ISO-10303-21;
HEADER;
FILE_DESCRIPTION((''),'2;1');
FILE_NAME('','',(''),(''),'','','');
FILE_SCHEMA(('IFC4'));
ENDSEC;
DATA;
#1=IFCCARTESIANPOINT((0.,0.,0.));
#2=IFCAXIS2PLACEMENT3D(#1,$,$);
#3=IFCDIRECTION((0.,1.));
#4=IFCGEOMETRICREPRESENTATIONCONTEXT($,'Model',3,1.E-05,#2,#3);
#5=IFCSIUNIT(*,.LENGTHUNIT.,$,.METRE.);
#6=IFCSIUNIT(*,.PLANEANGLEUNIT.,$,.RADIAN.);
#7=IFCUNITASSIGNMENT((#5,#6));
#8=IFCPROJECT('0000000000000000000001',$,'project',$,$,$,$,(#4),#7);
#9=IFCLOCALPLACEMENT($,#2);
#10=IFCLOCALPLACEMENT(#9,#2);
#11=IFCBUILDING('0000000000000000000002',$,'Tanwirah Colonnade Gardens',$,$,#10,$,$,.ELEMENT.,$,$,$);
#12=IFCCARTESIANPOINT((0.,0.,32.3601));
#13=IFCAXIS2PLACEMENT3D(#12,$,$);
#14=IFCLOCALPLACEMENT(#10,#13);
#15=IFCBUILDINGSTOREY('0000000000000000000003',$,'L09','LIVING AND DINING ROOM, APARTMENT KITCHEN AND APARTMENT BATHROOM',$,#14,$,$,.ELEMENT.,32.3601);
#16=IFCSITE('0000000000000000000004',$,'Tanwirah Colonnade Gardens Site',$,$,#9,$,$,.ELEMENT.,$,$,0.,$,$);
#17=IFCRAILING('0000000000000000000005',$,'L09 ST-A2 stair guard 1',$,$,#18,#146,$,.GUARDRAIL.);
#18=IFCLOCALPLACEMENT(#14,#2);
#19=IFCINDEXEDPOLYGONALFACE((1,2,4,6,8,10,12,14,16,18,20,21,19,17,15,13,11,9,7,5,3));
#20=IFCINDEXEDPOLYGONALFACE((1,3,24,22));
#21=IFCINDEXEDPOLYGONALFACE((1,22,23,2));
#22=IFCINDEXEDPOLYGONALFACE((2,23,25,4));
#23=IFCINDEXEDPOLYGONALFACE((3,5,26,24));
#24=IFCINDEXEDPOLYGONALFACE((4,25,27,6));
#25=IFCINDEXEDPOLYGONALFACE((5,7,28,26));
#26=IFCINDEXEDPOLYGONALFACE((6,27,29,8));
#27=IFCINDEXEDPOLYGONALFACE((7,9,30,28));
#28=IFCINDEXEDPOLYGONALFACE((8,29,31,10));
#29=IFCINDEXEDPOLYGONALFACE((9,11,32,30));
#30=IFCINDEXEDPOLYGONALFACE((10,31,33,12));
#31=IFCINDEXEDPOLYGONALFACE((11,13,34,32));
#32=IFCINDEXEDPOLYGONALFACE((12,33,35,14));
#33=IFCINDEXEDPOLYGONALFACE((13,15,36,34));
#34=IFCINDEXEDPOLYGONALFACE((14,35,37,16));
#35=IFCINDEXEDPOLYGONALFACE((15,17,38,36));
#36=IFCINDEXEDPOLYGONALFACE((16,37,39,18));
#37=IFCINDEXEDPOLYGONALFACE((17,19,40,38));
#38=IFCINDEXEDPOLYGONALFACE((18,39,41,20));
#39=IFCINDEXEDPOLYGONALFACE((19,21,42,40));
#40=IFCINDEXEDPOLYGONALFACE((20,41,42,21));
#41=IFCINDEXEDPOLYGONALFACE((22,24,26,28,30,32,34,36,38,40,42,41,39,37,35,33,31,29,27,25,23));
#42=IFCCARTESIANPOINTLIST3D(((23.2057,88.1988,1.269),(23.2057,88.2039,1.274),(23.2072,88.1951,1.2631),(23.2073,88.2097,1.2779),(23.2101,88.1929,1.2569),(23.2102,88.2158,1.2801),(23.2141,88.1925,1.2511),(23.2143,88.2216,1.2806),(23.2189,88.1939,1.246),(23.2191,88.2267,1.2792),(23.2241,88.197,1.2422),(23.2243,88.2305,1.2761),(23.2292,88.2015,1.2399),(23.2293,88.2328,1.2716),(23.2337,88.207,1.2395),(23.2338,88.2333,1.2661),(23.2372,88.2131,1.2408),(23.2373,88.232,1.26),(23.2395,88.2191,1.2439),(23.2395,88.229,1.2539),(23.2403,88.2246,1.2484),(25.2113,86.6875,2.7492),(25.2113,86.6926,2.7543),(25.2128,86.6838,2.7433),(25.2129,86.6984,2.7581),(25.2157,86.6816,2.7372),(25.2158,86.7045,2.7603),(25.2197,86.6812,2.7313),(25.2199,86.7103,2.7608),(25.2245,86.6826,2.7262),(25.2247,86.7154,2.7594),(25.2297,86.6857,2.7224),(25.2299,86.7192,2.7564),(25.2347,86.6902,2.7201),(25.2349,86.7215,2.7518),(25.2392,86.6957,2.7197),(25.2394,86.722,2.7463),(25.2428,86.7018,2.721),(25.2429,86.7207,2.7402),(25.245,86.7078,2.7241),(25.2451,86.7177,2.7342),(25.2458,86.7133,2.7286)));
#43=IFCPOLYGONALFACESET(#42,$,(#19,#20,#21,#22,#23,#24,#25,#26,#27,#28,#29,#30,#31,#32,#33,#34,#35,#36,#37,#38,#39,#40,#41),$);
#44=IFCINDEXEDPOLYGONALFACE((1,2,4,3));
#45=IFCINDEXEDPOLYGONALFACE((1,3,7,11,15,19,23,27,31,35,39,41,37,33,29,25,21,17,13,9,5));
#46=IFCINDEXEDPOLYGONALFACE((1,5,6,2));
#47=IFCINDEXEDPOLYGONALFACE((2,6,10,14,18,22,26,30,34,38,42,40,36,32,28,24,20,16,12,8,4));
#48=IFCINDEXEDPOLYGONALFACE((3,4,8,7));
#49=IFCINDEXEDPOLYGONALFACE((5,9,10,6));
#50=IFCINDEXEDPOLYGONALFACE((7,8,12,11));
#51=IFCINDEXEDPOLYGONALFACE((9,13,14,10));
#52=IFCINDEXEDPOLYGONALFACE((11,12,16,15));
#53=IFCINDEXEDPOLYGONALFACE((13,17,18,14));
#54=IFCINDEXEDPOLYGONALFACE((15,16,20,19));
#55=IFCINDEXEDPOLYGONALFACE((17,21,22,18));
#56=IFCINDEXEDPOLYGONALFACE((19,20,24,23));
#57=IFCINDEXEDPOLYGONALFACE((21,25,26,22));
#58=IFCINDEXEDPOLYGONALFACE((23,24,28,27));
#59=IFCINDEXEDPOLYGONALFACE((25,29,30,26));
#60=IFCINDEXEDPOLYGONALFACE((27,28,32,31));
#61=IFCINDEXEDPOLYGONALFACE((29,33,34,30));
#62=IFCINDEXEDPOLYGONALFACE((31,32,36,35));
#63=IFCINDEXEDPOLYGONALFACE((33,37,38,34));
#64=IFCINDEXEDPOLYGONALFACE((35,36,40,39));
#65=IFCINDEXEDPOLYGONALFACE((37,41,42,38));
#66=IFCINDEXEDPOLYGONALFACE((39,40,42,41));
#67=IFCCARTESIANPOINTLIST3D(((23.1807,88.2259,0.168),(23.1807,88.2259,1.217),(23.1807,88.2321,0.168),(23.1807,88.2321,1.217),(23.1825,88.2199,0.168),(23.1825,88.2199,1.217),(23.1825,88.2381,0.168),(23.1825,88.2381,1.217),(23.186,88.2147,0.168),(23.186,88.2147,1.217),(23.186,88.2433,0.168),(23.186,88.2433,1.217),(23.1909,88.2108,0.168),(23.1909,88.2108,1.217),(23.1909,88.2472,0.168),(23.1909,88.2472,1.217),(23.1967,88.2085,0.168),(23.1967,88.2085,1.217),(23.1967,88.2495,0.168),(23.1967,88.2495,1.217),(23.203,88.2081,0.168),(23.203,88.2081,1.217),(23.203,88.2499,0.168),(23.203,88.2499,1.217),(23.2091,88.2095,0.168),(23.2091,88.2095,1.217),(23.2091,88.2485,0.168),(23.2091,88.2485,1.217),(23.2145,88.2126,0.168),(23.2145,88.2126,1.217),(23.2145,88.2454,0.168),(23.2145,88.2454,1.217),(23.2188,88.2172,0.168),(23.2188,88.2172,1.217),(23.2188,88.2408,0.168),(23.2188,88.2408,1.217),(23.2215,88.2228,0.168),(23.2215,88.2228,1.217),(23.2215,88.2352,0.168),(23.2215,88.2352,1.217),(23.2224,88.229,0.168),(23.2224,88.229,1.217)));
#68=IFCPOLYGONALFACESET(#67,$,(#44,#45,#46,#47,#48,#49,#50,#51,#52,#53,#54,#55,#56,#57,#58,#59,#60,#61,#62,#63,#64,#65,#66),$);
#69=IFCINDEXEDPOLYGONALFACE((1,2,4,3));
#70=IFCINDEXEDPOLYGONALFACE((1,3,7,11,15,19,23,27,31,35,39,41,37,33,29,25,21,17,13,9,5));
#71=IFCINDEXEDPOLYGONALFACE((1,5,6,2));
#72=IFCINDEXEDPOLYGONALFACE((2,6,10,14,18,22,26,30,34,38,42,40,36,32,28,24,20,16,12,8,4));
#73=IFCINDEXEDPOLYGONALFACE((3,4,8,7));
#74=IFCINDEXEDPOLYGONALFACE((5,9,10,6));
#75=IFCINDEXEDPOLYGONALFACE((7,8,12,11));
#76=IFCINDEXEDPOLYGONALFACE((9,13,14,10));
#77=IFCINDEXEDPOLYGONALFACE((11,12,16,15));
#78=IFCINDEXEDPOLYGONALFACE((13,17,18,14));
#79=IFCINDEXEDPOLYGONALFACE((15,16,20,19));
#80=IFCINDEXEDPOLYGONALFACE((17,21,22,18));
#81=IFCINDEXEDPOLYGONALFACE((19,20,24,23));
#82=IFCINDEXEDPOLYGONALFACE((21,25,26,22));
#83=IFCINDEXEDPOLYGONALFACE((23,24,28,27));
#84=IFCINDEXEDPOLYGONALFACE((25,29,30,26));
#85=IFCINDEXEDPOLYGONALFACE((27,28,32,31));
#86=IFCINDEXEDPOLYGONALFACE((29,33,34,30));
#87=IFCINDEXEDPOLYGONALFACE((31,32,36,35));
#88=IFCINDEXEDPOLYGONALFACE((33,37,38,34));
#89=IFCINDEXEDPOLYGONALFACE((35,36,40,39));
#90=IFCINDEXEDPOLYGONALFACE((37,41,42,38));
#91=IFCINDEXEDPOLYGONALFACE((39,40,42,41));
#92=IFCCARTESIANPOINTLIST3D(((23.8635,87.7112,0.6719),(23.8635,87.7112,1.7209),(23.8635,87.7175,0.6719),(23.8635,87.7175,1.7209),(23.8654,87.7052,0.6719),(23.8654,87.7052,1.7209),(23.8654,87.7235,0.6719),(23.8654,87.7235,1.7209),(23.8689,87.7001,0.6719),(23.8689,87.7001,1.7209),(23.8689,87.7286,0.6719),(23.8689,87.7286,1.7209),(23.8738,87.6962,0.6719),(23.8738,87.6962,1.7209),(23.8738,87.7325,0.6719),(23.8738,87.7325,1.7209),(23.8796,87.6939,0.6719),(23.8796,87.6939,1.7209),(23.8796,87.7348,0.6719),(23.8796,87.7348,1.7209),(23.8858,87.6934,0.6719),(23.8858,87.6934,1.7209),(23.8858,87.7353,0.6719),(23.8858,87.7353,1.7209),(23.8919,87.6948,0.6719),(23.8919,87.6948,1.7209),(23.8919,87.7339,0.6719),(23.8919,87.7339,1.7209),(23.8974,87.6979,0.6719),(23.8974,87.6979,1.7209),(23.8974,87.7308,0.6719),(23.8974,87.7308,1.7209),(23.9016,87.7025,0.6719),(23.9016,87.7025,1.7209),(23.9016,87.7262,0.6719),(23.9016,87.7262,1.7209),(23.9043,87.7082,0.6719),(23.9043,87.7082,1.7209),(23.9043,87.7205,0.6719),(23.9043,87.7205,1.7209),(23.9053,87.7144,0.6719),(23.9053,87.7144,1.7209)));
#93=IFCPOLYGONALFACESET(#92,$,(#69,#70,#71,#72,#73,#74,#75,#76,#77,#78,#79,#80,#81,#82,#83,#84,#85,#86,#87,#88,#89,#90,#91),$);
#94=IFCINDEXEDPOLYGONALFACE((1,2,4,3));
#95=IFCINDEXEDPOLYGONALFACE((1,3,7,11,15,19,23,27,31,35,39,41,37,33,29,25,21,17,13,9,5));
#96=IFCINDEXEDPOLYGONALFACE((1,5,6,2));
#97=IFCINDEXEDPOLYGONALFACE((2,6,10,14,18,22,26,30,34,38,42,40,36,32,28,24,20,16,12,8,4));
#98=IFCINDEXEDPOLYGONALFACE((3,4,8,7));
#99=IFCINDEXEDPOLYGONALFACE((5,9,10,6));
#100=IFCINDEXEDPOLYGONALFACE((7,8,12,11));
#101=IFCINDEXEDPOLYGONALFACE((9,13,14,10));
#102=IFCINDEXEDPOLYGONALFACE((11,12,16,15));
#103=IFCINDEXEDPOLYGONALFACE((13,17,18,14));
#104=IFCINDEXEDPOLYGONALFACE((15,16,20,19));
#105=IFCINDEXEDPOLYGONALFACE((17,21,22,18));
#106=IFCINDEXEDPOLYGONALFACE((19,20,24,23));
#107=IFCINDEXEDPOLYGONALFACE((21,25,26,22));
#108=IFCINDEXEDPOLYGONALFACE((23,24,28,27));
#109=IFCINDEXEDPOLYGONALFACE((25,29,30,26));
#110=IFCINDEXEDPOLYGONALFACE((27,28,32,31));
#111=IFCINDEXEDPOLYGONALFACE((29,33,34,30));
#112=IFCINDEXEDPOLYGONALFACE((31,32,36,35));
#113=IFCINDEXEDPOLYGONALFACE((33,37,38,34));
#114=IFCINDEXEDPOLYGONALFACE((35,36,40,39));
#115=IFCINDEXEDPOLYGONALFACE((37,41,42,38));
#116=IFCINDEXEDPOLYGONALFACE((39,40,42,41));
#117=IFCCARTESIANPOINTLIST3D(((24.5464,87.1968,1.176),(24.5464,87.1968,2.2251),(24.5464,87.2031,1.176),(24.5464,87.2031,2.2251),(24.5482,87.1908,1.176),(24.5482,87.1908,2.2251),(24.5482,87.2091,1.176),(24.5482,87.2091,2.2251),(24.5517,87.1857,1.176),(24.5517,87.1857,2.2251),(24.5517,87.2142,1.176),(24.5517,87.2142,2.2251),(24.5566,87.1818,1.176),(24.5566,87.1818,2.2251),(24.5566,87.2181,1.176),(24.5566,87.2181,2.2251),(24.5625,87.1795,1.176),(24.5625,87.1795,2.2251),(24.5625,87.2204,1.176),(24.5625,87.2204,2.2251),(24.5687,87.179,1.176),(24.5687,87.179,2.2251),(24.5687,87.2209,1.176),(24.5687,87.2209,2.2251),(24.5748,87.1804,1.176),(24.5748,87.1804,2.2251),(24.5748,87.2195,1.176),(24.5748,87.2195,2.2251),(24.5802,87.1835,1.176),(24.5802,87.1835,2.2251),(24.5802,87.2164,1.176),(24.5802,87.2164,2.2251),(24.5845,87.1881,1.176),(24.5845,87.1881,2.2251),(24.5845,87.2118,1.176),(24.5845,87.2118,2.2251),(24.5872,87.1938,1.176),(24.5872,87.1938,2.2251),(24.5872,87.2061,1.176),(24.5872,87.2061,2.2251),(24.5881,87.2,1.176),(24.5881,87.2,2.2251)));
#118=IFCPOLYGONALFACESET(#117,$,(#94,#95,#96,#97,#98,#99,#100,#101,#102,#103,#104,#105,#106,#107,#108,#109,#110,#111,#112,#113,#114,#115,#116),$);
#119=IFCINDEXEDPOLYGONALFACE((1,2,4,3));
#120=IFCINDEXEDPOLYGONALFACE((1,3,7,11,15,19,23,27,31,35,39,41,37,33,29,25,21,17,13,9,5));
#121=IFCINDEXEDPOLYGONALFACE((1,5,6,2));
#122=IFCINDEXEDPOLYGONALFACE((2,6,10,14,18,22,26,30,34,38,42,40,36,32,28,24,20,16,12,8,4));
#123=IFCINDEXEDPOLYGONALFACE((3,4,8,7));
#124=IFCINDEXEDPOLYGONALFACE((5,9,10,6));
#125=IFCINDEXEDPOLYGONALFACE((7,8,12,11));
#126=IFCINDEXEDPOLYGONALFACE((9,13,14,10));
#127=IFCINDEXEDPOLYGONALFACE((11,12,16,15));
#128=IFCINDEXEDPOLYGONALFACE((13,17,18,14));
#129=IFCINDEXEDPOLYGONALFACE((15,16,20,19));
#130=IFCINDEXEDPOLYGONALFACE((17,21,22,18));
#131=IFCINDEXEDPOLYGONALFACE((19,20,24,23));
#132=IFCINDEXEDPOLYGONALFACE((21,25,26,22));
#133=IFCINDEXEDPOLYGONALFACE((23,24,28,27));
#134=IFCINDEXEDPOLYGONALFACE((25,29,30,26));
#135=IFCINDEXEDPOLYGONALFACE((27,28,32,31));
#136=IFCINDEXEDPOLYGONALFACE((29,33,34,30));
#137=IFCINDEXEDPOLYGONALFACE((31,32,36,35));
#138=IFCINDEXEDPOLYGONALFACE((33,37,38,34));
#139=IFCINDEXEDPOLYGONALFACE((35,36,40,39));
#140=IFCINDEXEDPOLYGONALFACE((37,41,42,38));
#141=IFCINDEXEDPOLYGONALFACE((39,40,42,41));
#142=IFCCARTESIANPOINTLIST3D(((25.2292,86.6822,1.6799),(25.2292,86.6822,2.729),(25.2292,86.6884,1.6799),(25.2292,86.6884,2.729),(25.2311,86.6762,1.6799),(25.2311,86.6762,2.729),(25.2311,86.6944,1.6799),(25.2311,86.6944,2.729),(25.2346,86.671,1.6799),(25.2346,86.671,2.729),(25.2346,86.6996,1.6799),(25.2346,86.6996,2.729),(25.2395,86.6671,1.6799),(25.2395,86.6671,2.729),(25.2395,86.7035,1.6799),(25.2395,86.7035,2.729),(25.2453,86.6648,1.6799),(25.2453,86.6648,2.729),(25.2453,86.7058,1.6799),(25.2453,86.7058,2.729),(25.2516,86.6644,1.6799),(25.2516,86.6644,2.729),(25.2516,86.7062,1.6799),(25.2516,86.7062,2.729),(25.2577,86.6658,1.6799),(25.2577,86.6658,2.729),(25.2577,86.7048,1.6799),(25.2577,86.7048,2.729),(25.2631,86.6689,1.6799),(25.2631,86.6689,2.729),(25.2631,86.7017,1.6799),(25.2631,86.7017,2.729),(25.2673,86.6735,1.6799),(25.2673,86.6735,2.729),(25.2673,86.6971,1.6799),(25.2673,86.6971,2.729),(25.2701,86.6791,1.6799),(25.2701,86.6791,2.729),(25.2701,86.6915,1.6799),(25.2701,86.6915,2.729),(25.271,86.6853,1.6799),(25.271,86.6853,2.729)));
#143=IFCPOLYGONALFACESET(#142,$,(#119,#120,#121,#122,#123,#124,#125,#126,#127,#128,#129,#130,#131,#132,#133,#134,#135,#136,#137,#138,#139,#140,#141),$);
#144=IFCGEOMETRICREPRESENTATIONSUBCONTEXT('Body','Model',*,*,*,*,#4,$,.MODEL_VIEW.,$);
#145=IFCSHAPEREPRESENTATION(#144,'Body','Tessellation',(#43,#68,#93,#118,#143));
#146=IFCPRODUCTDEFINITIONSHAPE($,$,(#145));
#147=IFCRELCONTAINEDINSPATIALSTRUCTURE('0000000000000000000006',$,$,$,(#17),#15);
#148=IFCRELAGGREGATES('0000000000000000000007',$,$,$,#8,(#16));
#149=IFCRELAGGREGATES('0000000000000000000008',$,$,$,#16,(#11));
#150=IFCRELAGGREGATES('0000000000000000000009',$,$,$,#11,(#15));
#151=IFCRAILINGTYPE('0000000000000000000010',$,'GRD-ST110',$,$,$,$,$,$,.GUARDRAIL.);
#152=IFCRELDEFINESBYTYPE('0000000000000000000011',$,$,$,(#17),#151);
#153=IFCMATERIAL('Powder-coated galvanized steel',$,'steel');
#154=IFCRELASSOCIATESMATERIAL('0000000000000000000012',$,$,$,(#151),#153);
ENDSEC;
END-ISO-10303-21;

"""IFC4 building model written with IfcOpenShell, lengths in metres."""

from ifc_helpers import new_model, si_unit, direction, frame, origin, origin_2d, place, context, subcontext, project, spatial, circle, extrude, material, type_object, element, save


model = new_model("IFC4")

# Units and contexts
model_context = context("Model", 3, precision=1e-05, world=origin(), true_north=direction((0.0, 1.0)))
body_context = subcontext(model_context, "Body", "Model", "MODEL_VIEW")
ifc_project = project(units=[si_unit("LENGTHUNIT", "METRE"), si_unit("PLANEANGLEUNIT", "RADIAN")], contexts=[model_context])

# Site, building, storey
site_placement = place(None, origin())
site = spatial("IfcSite", under=ifc_project, at=site_placement, Name="Tanwirah Colonnade Gardens Site", CompositionType="ELEMENT", RefElevation=0.0)
building_placement = place(site_placement, origin())
building = spatial("IfcBuilding", under=site, at=building_placement, Name="Tanwirah Colonnade Gardens", CompositionType="ELEMENT")
storey_placement = place(building_placement, frame((0.0, 0.0, 32.3601)))
storey = spatial("IfcBuildingStorey", under=building, at=storey_placement, Name="L09", Description="LIVING AND DINING ROOM, APARTMENT KITCHEN AND APARTMENT BATHROOM", CompositionType="ELEMENT", Elevation=32.3601)

# Railing
ifc_material_1 = material(Name="Powder-coated galvanized steel", Category="steel")
railing_type_1 = type_object("IfcRailingType", Name="GRD-ST110", PredefinedType="GUARDRAIL", material=ifc_material_1)
railing_1_placement = place(storey_placement, frame((23.2014, 88.229, 0.168)))
element("IfcRailing", 1, at=railing_1_placement, inside=storey, type_object=railing_type_1, Name="L09 ST-A2 stair guard 1", PredefinedType="GUARDRAIL", context=body_context, shape_type="SweptSolid", body=[
    extrude(circle(Radius=0.0239, at=origin_2d()), frame((0.0215, -0.0161, 1.092), z_axis=(0.688012, -0.518449, 0.507789), x_axis=(0.601811, 0.798639, 0.0)), (0.0, 0.0, 1.0), 2.915),
    extrude(circle(Radius=0.021, at=origin_2d()), origin(), (0.0, 0.0, 1.0), 1.0491),
    extrude(circle(Radius=0.021, at=origin_2d()), frame((0.6829, -0.5146, 0.5039)), (0.0, 0.0, 1.0), 1.0491),
    extrude(circle(Radius=0.021, at=origin_2d()), frame((1.3657, -1.0291, 1.0081)), (0.0, 0.0, 1.0), 1.0491),
    extrude(circle(Radius=0.021, at=origin_2d()), frame((2.0486, -1.5437, 1.512)), (0.0, 0.0, 1.0), 1.0491),
])

save(model, "model.ifc")
